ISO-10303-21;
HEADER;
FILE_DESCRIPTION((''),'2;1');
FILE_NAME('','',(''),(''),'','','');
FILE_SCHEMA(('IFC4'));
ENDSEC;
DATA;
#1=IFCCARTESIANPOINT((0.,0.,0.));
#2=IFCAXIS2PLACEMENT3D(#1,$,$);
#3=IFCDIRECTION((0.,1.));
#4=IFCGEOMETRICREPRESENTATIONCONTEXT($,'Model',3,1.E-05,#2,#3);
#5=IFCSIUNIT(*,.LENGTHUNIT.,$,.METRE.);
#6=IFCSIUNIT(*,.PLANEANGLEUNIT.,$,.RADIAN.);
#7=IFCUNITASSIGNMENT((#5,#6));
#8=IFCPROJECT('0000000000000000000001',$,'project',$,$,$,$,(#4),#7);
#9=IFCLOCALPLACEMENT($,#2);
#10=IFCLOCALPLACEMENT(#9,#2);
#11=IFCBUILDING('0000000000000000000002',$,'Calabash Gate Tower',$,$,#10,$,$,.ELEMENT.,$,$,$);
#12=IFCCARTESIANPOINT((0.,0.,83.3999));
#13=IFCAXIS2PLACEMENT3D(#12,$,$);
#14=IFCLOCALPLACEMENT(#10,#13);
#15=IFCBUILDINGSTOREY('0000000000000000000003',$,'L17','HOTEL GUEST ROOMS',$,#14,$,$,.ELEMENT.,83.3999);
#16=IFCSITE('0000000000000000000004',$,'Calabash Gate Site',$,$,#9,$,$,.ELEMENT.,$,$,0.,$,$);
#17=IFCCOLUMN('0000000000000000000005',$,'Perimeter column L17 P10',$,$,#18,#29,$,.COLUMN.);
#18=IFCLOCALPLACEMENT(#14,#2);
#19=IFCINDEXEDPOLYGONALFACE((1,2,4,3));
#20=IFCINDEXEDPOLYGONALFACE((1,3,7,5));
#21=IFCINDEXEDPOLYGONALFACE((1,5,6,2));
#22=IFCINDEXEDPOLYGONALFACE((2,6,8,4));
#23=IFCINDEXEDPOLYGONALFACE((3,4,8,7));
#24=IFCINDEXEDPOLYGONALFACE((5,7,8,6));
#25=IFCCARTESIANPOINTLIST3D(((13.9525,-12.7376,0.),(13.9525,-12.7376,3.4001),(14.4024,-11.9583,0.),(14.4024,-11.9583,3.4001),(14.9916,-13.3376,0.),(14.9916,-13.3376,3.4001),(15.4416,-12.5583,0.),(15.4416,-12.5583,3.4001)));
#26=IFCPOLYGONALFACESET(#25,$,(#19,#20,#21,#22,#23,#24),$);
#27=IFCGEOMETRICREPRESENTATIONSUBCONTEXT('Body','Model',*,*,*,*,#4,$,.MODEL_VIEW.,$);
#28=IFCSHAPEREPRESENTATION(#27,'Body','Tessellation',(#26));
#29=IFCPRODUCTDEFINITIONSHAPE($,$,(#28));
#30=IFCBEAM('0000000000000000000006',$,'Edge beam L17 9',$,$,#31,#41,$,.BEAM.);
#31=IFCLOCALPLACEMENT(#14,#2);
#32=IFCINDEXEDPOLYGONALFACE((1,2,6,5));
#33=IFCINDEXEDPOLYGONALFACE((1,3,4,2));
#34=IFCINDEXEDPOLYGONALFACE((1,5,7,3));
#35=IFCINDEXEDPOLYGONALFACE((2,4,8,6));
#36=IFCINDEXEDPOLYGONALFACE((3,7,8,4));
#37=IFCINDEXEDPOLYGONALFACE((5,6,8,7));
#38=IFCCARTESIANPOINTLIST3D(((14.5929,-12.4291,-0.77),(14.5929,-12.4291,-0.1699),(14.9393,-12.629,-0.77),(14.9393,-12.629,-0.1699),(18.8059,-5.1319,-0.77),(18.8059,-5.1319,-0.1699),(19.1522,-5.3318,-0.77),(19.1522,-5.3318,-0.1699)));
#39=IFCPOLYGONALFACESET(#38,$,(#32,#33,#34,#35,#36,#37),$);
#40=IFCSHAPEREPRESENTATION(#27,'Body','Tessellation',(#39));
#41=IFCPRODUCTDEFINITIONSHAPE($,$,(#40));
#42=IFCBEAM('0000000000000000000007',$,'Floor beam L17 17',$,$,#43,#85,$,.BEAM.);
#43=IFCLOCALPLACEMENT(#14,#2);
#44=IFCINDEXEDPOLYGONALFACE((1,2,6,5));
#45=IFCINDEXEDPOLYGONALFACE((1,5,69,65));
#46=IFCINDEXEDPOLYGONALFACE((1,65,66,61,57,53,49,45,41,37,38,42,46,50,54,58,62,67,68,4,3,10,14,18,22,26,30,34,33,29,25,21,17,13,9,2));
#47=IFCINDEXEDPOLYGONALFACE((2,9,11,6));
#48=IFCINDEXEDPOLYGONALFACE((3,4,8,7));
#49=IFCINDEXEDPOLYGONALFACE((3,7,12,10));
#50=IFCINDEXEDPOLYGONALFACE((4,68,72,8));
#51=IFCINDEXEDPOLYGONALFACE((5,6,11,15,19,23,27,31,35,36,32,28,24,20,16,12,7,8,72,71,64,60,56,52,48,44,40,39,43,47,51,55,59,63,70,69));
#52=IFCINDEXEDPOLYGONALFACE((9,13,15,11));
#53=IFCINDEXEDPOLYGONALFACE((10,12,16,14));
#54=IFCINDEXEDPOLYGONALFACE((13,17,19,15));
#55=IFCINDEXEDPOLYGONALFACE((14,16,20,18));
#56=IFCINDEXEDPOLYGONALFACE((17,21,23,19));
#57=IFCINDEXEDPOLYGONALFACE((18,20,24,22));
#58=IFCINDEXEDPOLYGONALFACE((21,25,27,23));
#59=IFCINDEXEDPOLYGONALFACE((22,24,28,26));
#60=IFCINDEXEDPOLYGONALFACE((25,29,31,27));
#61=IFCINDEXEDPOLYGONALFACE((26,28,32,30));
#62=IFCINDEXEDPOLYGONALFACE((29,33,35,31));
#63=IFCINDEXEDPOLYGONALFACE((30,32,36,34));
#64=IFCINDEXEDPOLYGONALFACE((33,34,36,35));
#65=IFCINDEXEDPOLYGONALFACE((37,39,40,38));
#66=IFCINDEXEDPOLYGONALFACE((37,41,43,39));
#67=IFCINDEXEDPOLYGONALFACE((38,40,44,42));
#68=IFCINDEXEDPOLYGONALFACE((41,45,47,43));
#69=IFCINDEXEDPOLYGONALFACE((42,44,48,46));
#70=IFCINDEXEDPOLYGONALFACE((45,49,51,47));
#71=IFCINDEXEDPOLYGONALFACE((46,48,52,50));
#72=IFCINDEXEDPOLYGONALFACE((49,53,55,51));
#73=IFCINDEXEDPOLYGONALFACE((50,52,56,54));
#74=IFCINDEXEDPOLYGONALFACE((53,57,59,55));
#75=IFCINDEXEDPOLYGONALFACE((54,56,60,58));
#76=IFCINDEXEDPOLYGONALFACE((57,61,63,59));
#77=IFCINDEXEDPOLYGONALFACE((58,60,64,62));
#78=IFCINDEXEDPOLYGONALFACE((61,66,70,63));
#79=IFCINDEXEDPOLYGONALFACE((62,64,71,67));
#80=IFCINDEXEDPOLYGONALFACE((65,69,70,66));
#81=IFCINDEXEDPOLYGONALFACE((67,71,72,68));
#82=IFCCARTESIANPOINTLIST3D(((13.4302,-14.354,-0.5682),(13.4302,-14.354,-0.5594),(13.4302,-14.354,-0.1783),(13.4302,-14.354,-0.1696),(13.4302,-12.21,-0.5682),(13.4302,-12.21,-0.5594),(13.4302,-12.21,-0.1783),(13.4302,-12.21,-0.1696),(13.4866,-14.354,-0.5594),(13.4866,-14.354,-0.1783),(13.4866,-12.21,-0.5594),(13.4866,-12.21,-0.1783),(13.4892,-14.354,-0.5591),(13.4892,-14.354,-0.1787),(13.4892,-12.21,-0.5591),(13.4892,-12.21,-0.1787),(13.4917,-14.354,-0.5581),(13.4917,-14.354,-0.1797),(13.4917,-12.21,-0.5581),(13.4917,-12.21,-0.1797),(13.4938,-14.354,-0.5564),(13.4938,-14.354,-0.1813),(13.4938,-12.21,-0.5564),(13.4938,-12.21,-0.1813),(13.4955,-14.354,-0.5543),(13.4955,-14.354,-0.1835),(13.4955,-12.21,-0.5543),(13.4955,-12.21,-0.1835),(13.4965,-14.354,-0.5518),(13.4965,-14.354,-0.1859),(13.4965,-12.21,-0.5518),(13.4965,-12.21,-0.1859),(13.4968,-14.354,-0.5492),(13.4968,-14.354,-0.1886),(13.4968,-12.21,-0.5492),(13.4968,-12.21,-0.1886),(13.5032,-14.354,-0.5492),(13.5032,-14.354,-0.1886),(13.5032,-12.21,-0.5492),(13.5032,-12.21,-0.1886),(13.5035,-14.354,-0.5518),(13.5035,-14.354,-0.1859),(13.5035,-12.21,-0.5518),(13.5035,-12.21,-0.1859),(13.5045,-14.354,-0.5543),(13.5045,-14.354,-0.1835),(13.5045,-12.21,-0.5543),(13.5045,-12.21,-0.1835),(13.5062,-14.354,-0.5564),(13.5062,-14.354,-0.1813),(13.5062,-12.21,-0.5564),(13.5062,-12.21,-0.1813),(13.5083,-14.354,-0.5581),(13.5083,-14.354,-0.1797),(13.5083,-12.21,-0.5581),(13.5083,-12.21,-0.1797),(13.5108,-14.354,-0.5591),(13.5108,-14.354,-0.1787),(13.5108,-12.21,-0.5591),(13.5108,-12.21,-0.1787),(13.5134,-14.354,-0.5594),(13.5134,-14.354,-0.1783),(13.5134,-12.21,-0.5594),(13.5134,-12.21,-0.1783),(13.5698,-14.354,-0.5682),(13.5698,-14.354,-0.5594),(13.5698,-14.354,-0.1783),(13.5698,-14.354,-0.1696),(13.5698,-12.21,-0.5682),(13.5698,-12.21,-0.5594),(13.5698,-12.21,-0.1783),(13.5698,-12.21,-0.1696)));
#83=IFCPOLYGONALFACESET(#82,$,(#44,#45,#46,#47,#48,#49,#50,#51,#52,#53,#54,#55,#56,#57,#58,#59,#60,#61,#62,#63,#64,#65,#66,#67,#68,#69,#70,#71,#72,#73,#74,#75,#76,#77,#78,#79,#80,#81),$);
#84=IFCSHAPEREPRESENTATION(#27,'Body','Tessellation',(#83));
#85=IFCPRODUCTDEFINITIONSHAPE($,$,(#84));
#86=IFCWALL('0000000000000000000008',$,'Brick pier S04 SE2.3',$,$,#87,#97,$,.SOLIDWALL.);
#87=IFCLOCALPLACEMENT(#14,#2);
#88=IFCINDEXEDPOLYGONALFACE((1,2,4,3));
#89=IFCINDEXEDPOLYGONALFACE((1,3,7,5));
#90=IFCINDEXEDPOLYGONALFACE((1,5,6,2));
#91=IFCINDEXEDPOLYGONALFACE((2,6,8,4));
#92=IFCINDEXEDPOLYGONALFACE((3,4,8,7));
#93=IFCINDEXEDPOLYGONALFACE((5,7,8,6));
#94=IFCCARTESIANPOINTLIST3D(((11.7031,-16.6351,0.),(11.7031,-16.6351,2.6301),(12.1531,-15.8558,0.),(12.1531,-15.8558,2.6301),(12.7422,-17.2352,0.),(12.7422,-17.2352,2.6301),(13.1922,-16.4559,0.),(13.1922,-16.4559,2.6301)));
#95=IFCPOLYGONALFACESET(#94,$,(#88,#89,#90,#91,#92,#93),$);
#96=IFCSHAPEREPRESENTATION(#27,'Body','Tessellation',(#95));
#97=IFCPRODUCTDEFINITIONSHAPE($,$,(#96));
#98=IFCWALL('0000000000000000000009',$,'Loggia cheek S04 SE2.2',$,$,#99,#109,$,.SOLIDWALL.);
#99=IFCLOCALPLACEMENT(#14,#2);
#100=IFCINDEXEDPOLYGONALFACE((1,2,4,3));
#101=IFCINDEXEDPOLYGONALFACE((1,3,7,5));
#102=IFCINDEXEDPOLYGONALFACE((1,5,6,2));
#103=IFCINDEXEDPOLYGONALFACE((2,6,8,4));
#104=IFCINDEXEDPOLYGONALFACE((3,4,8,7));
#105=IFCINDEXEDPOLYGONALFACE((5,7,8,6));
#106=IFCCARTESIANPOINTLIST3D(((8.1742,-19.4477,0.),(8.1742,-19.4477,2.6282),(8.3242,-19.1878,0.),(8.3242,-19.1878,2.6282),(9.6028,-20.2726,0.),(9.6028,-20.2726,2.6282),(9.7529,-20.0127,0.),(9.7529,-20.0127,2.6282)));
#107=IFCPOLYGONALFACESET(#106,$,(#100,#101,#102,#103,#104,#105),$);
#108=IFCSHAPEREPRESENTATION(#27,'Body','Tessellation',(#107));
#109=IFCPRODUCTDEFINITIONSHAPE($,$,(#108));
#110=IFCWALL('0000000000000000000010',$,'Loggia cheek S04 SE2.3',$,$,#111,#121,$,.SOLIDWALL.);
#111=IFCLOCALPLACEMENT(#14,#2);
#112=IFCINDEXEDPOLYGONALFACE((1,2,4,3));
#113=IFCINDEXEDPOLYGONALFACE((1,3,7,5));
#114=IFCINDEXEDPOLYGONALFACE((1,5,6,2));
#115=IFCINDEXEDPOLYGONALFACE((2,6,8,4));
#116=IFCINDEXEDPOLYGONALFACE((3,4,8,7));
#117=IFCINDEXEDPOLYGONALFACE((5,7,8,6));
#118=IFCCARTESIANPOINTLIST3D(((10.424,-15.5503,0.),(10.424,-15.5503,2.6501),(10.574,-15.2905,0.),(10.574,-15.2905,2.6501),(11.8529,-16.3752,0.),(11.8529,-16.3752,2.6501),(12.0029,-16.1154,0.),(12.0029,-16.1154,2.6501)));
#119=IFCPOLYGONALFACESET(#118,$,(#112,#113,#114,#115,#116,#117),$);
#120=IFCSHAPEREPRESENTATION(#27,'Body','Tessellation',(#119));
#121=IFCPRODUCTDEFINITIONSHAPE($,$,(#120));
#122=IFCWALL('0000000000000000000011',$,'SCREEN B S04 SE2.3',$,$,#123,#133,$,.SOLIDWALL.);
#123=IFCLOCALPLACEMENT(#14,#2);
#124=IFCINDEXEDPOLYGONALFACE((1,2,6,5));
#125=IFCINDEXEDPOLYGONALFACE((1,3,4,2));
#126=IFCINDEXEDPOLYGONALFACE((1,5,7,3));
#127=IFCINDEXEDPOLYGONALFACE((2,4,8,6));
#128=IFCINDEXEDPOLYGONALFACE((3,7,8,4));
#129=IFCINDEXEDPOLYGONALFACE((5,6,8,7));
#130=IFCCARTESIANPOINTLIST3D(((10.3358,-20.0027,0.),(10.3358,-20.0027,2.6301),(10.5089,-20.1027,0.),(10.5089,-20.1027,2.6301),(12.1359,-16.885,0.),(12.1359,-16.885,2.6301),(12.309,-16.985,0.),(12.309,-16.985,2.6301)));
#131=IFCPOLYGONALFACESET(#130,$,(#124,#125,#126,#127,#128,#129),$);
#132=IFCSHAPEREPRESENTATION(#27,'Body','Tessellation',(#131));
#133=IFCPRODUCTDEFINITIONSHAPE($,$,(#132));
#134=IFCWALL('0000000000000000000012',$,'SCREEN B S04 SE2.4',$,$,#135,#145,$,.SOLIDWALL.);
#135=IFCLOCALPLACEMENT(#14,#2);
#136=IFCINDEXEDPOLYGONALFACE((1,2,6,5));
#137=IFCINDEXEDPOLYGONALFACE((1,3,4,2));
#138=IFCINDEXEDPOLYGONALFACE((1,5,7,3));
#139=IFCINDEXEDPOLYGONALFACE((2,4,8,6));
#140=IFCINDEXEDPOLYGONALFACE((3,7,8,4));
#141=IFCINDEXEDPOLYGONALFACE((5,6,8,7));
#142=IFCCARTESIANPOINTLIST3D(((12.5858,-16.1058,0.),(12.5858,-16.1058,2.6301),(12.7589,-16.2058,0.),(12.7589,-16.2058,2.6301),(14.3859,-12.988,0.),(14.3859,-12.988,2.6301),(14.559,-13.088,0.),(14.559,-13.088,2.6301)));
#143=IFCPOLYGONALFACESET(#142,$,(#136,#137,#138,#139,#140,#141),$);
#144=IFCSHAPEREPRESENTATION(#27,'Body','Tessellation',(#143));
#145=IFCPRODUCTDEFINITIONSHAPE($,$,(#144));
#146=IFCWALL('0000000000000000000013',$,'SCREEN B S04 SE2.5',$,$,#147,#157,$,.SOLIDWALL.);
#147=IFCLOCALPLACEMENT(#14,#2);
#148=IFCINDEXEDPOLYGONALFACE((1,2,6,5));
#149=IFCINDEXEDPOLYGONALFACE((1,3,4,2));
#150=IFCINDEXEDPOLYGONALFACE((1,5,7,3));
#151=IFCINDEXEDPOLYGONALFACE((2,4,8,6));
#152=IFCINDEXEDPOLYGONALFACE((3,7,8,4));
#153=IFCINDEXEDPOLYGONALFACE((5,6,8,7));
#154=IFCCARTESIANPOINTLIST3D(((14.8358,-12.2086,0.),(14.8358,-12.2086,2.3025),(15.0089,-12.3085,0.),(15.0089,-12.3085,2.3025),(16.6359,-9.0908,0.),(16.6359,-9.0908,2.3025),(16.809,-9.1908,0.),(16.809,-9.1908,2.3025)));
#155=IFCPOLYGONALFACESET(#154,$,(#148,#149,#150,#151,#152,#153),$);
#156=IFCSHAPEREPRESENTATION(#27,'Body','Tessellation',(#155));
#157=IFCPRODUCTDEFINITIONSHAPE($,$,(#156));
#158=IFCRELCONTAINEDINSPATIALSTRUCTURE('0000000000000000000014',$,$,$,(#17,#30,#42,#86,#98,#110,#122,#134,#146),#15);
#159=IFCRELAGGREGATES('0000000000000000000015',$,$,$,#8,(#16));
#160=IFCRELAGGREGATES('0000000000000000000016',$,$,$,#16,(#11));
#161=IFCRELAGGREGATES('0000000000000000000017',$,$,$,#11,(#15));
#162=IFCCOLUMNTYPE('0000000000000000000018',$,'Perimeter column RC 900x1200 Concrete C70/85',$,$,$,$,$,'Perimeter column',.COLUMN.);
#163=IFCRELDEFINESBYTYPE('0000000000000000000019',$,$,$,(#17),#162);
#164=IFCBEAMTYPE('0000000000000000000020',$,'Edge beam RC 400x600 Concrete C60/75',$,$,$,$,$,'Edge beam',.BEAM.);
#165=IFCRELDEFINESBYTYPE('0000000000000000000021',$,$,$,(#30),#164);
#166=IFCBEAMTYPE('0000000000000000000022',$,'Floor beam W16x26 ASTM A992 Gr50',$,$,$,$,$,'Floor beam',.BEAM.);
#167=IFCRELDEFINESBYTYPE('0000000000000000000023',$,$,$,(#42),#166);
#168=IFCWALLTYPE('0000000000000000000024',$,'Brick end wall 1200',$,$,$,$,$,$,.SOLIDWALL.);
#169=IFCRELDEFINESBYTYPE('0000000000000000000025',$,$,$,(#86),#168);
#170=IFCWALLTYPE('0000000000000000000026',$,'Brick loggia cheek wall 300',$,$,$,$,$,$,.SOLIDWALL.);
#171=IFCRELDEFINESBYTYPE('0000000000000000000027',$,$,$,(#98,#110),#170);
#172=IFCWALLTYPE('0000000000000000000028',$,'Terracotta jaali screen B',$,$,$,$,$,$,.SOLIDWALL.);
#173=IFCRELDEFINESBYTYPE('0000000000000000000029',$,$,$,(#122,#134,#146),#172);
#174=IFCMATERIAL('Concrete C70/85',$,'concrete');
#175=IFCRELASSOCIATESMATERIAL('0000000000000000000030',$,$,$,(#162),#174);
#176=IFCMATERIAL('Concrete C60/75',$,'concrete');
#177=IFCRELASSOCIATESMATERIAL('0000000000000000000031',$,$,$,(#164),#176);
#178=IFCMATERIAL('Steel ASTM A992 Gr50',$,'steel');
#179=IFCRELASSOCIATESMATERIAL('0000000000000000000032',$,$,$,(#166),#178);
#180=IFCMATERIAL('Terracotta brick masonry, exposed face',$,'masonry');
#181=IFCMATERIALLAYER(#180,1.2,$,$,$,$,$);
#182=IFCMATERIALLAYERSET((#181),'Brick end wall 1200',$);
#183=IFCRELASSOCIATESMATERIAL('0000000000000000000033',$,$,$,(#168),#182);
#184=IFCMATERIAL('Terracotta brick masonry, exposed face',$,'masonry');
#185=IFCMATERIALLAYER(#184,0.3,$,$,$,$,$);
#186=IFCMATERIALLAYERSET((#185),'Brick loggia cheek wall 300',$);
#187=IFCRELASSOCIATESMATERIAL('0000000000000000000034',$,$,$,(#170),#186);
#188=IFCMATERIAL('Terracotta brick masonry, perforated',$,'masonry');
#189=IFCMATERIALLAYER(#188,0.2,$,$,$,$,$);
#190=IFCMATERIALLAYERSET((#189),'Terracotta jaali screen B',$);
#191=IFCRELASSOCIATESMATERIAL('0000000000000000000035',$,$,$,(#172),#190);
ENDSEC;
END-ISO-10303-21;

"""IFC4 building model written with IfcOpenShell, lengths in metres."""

from ifc_helpers import new_model, si_unit, direction, frame, frame_2d, origin, origin_2d, place, context, subcontext, project, spatial, rectangle, i_section, extrude, material, layer, layer_set, material_profile, profile_set, type_object, element, save


model = new_model("IFC4")

# Units and contexts
model_context = context("Model", 3, precision=1e-05, world=origin(), true_north=direction((0.0, 1.0)))
body_context = subcontext(model_context, "Body", "Model", "MODEL_VIEW")
ifc_project = project(units=[si_unit("LENGTHUNIT", "METRE"), si_unit("PLANEANGLEUNIT", "RADIAN")], contexts=[model_context])

# Site, building, storey
site_placement = place(None, origin())
site = spatial("IfcSite", under=ifc_project, at=site_placement, Name="Calabash Gate Site", CompositionType="ELEMENT", RefElevation=0.0)
building_placement = place(site_placement, origin())
building = spatial("IfcBuilding", under=site, at=building_placement, Name="Calabash Gate Tower", CompositionType="ELEMENT")
storey_placement = place(building_placement, frame((0.0, 0.0, 83.3999)))
storey = spatial("IfcBuildingStorey", under=building, at=storey_placement, Name="L17", Description="HOTEL GUEST ROOMS", CompositionType="ELEMENT", Elevation=83.3999)

# Column
ifc_material_1 = material(Name="Concrete C70/85", Category="concrete")
ifc_material_profile_1 = material_profile(ifc_material_1, rectangle(XDim=0.8999, YDim=1.2, at=origin_2d()))
ifc_profile_set_1 = profile_set([ifc_material_profile_1], Name="Concrete C70/85")
column_type = type_object("IfcColumnType", Name="Perimeter column RC 900x1200 Concrete C70/85", ElementType="Perimeter column", PredefinedType="COLUMN", material=ifc_profile_set_1)
column_placement = place(storey_placement, frame((14.697, -12.6479, 0.0), z_axis=(0.0, 0.0, 1.0), x_axis=(0.5, 0.866025, 0.0)))
element("IfcColumn", 1, at=column_placement, inside=storey, type_object=column_type, Name="Perimeter column L17 P10", PredefinedType="COLUMN", context=body_context, shape_type="SweptSolid", body=[
    extrude(rectangle(XDim=0.8999, YDim=1.2, at=origin_2d()), origin(), (0.0, 0.0, 1.0), 3.4001),
])

# Beams
ifc_material_2 = material(Name="Concrete C60/75", Category="concrete")
ifc_material_profile_2 = material_profile(ifc_material_2, rectangle(XDim=0.3999, YDim=0.6001, at=origin_2d()))
ifc_profile_set_2 = profile_set([ifc_material_profile_2], Name="Concrete C60/75")
beam_type_1 = type_object("IfcBeamType", Name="Edge beam RC 400x600 Concrete C60/75", ElementType="Edge beam", PredefinedType="BEAM", material=ifc_profile_set_2)
beam_1_placement = place(storey_placement, frame((14.7661, -12.5291, -0.47), z_axis=(0.499991, 0.866031, 0.0), x_axis=(-0.866031, 0.499991, 0.0)))
element("IfcBeam", 2, at=beam_1_placement, inside=storey, type_object=beam_type_1, Name="Edge beam L17 9", PredefinedType="BEAM", context=body_context, shape_type="SweptSolid", body=[
    extrude(rectangle(XDim=0.3999, YDim=0.6001, at=origin_2d()), origin(), (0.0, 0.0, 1.0), 8.426),
])
ifc_material_3 = material(Name="Steel ASTM A992 Gr50", Category="steel")
ifc_material_profile_3 = material_profile(ifc_material_3, i_section(OverallWidth=0.1396, OverallDepth=0.3987, WebThickness=0.0063, FlangeThickness=0.0088, FilletRadius=0.0103, at=origin_2d()))
ifc_profile_set_3 = profile_set([ifc_material_profile_3], Name="Steel ASTM A992 Gr50")
beam_type_2 = type_object("IfcBeamType", Name="Floor beam W16x26 ASTM A992 Gr50", ElementType="Floor beam", PredefinedType="BEAM", material=ifc_profile_set_3)
beam_2_placement = place(storey_placement, frame((13.5, -14.354, -0.3689), z_axis=(0.0, 1.0, 0.0), x_axis=(-1.0, 0.0, 0.0)))
element("IfcBeam", 3, at=beam_2_placement, inside=storey, type_object=beam_type_2, Name="Floor beam L17 17", PredefinedType="BEAM", context=body_context, shape_type="SweptSolid", body=[
    extrude(i_section(OverallWidth=0.1396, OverallDepth=0.3987, WebThickness=0.0063, FlangeThickness=0.0088, FilletRadius=0.0103, at=origin_2d()), origin(), (0.0, 0.0, 1.0), 2.144),
])

# Walls
ifc_material_4 = material(Name="Terracotta brick masonry, exposed face", Category="masonry")
ifc_layer_1 = layer(ifc_material_4, 1.2)
ifc_layer_set_1 = layer_set([ifc_layer_1], Name="Brick end wall 1200")
wall_type_1 = type_object("IfcWallType", Name="Brick end wall 1200", PredefinedType="SOLIDWALL", material=ifc_layer_set_1)
wall_1_placement = place(storey_placement, frame((11.928, -16.2454, 0.0), z_axis=(0.0, 0.0, 1.0), x_axis=(0.865955, -0.500122, 0.0)))
element("IfcWall", 4, at=wall_1_placement, inside=storey, type_object=wall_type_1, Name="Brick pier S04 SE2.3", PredefinedType="SOLIDWALL", context=body_context, shape_type="SweptSolid", body=[
    extrude(rectangle(XDim=1.2, YDim=0.8999, at=frame_2d((0.6001, 0.0))), origin(), (0.0, 0.0, 1.0), 2.6301),
])
ifc_material_5 = material(Name="Terracotta brick masonry, exposed face", Category="masonry")
ifc_layer_2 = layer(ifc_material_5, 0.3)
ifc_layer_set_2 = layer_set([ifc_layer_2], Name="Brick loggia cheek wall 300")
wall_type_2 = type_object("IfcWallType", Name="Brick loggia cheek wall 300", PredefinedType="SOLIDWALL", material=ifc_layer_set_2)
wall_2_placement = place(storey_placement, frame((9.6777, -20.1426, 0.0), z_axis=(0.0, 0.0, 1.0), x_axis=(-0.866003, 0.500038, 0.0)))
element("IfcWall", 5, at=wall_2_placement, inside=storey, type_object=wall_type_2, Name="Loggia cheek S04 SE2.2", PredefinedType="SOLIDWALL", context=body_context, shape_type="SweptSolid", body=[
    extrude(rectangle(XDim=1.6497, YDim=0.3, at=frame_2d((0.8247, 0.0))), origin(), (0.0, 0.0, 1.0), 2.6282),
])
wall_3_placement = place(storey_placement, frame((10.499, -15.4204, 0.0), z_axis=(0.0, 0.0, 1.0), x_axis=(0.86604, -0.499974, 0.0)))
element("IfcWall", 6, at=wall_3_placement, inside=storey, type_object=wall_type_2, Name="Loggia cheek S04 SE2.3", PredefinedType="SOLIDWALL", context=body_context, shape_type="SweptSolid", body=[
    extrude(rectangle(XDim=1.6499, YDim=0.3, at=frame_2d((0.825, 0.0))), origin(), (0.0, 0.0, 1.0), 2.6501),
])
ifc_material_6 = material(Name="Terracotta brick masonry, perforated", Category="masonry")
ifc_layer_3 = layer(ifc_material_6, 0.2)
ifc_layer_set_3 = layer_set([ifc_layer_3], Name="Terracotta jaali screen B")
wall_type_3 = type_object("IfcWallType", Name="Terracotta jaali screen B", PredefinedType="SOLIDWALL", material=ifc_layer_set_3)
for number, where, z_axis, x_axis, name in (
    (7, (10.4224, -20.0527, 0.0), (0.0, 0.0, 1.0), (0.500012, 0.866018, 0.0), "SCREEN B S04 SE2.3"),
    (8, (12.6724, -16.1558, 0.0), (0.0, 0.0, 1.0), (0.500012, 0.866018, 0.0), "SCREEN B S04 SE2.4"),
):
    element("IfcWall", number, at=place(storey_placement, frame(where, z_axis=z_axis, x_axis=x_axis)), inside=storey, type_object=wall_type_3, Name=name, PredefinedType="SOLIDWALL", context=body_context, shape_type="SweptSolid", body=[
        extrude(rectangle(XDim=3.6001, YDim=0.2, at=frame_2d((1.8, 0.0))), origin(), (0.0, 0.0, 1.0), 2.6301),
    ])
wall_4_placement = place(storey_placement, frame((14.9224, -12.2585, 0.0), z_axis=(0.0, 0.0, 1.0), x_axis=(0.500012, 0.866018, 0.0)))
element("IfcWall", 9, at=wall_4_placement, inside=storey, type_object=wall_type_3, Name="SCREEN B S04 SE2.5", PredefinedType="SOLIDWALL", context=body_context, shape_type="SweptSolid", body=[
    extrude(rectangle(XDim=3.6001, YDim=0.2, at=frame_2d((1.8, 0.0))), origin(), (0.0, 0.0, 1.0), 2.3025),
])

save(model, "model.ifc")
